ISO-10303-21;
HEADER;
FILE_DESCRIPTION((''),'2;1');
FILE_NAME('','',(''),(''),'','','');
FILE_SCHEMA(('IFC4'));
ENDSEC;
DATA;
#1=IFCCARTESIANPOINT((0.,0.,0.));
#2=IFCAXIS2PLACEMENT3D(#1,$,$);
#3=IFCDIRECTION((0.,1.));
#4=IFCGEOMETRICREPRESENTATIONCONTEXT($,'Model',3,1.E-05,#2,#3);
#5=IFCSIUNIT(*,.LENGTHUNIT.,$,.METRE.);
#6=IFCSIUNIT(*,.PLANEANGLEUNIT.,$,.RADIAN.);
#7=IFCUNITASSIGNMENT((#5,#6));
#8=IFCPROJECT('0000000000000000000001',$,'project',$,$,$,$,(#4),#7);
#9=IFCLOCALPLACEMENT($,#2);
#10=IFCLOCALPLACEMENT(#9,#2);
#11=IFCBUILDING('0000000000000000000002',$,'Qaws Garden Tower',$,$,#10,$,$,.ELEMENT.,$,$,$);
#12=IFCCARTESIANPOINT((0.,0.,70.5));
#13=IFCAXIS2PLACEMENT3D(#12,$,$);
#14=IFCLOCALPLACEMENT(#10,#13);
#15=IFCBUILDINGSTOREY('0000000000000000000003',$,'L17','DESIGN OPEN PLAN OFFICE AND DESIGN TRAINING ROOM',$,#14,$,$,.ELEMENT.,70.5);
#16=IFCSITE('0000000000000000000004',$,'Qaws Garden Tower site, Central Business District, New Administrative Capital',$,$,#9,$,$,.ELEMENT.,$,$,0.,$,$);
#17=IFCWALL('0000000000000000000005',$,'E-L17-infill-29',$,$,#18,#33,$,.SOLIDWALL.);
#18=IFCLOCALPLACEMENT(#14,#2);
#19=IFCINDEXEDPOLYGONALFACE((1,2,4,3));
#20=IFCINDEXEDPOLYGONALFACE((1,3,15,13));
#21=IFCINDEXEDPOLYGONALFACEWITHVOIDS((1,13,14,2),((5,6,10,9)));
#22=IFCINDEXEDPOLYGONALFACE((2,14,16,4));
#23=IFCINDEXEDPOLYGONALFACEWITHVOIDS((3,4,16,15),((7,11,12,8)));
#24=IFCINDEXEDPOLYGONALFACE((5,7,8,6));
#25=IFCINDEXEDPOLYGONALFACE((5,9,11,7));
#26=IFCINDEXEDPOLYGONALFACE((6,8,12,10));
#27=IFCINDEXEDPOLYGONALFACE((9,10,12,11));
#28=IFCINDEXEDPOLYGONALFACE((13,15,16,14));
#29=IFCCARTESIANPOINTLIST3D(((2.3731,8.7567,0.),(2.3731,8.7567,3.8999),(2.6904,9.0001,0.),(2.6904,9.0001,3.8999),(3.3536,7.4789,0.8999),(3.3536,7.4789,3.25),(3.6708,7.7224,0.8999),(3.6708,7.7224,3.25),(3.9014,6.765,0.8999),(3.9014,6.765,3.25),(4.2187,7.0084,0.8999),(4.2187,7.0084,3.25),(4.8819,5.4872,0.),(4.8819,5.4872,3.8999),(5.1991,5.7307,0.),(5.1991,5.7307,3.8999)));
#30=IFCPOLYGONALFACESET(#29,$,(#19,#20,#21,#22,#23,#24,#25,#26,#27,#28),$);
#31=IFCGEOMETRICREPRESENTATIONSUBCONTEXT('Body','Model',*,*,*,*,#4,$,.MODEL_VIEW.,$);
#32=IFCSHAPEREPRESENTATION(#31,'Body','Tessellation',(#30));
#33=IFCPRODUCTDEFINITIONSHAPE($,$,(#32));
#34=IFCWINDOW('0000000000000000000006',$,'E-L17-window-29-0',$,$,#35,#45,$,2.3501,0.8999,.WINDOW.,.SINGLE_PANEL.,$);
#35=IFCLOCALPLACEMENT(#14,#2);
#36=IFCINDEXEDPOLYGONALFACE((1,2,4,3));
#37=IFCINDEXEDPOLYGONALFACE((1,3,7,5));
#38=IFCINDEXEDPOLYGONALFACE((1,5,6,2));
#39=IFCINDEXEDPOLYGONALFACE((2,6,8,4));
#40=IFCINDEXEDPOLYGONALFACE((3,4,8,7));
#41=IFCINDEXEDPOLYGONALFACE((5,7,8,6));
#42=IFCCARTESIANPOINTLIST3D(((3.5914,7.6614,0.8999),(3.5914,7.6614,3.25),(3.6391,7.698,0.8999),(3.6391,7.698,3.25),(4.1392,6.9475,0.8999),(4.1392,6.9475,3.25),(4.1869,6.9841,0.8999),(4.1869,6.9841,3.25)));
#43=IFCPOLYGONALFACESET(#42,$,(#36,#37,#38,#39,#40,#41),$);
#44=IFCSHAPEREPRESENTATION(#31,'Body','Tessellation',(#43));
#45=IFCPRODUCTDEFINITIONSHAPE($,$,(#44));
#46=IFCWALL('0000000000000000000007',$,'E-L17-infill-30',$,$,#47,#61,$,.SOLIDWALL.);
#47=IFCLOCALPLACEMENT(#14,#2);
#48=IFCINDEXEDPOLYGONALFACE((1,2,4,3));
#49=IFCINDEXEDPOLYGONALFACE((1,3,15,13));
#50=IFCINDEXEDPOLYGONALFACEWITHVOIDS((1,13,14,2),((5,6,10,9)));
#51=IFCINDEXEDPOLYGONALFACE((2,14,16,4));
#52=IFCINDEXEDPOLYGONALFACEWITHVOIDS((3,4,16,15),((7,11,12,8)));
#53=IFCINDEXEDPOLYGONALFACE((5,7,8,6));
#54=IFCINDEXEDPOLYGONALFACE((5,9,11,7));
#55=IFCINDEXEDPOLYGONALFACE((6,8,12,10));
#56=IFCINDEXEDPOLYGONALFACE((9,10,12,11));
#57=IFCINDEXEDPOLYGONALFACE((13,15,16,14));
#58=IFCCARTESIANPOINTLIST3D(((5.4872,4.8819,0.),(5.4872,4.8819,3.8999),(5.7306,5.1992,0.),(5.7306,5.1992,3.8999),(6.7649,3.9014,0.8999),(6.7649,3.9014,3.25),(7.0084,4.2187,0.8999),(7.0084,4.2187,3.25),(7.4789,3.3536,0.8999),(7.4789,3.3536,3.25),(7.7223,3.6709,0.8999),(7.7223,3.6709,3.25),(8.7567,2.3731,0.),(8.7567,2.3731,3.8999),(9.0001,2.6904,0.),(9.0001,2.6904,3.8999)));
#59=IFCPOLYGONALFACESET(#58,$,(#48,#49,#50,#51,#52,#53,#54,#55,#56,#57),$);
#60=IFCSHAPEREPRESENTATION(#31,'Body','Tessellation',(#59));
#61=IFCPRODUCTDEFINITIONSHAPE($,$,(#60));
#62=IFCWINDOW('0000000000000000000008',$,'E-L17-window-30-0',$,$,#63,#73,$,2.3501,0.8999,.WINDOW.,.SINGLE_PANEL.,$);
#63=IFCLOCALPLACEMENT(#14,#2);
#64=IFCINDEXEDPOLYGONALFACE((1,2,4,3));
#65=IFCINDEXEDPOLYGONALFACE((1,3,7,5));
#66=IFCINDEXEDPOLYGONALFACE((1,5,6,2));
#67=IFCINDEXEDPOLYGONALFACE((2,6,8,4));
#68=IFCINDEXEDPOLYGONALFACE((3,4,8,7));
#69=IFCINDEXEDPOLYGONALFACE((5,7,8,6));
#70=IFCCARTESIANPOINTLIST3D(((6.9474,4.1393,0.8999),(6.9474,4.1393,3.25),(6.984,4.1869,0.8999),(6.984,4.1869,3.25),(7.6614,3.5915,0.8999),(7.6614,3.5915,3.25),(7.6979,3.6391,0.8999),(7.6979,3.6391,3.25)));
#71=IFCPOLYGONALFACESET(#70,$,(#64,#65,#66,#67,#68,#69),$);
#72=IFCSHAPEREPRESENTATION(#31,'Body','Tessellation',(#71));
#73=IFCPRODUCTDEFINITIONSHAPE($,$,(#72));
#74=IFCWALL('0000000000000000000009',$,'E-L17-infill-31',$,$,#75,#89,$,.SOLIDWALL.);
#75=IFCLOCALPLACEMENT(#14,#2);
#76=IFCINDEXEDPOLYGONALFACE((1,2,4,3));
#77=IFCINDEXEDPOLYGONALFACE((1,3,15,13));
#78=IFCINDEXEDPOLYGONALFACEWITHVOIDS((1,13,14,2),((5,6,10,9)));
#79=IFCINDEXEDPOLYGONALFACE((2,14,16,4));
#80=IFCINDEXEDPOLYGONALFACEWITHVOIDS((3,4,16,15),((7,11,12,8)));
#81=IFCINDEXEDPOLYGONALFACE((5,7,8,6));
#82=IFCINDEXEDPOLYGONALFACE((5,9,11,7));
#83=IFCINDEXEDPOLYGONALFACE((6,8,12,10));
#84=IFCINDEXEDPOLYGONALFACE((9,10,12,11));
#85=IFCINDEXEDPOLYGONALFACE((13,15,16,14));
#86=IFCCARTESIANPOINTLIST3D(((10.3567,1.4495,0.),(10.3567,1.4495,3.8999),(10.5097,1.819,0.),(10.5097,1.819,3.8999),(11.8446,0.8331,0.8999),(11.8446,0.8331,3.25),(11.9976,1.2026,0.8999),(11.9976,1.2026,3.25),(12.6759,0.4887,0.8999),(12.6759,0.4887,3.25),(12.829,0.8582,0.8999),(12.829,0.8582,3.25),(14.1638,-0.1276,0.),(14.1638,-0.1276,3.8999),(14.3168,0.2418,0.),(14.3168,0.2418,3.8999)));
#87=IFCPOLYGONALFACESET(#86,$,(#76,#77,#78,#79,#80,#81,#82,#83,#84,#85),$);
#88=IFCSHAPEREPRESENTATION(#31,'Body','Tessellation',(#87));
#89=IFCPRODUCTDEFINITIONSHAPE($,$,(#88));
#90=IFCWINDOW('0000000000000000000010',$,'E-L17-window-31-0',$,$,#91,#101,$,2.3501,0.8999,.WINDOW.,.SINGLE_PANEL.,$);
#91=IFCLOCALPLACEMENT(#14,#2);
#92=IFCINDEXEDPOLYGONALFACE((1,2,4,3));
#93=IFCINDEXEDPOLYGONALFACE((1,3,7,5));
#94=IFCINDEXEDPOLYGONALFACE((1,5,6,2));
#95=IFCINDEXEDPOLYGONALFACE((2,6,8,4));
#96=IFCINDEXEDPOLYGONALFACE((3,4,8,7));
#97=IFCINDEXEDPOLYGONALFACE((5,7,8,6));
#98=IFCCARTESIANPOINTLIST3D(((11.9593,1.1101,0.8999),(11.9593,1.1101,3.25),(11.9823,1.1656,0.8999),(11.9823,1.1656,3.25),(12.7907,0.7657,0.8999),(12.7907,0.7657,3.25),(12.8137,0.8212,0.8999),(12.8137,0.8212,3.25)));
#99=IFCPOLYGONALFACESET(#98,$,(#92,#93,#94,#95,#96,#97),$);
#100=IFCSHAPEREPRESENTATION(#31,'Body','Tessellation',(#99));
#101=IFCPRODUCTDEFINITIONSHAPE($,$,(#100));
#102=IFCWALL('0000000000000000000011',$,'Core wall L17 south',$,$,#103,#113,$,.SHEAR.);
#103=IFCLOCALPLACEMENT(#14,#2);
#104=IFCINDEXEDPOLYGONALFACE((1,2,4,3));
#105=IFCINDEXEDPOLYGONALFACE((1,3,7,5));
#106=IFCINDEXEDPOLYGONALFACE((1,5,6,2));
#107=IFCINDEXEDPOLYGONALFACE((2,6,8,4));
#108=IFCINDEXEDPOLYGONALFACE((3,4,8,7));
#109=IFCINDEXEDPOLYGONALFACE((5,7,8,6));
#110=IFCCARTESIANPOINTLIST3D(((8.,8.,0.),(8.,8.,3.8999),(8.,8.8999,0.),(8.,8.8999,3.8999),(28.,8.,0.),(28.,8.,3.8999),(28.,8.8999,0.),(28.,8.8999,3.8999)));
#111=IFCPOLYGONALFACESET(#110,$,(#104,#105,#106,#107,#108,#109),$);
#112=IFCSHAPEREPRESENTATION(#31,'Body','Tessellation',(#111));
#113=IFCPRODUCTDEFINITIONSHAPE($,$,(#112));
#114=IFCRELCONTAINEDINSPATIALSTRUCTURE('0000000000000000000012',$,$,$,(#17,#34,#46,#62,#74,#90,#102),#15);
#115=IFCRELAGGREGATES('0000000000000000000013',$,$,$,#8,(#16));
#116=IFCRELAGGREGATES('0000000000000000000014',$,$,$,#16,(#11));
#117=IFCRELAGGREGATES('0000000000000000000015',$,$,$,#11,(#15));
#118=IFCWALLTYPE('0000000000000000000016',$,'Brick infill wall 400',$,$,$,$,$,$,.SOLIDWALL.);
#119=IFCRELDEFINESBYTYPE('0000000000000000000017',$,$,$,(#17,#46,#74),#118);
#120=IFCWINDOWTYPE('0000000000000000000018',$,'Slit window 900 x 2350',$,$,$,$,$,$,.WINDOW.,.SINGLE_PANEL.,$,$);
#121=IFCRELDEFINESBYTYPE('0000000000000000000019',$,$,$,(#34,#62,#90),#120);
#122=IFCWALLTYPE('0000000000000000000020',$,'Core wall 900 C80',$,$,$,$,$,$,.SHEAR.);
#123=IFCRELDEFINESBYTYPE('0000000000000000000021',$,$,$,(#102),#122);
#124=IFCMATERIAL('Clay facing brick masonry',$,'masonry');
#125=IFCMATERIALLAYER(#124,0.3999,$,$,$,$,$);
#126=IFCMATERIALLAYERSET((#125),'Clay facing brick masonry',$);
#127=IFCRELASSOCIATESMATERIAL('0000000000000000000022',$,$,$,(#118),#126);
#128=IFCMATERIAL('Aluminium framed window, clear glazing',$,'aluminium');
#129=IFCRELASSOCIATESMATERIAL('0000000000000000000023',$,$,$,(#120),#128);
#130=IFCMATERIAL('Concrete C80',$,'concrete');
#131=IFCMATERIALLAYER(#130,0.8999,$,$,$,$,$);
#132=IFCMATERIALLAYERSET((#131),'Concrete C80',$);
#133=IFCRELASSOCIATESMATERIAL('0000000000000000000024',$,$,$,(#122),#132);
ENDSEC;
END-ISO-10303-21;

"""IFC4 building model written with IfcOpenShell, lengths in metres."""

from ifc_helpers import new_model, si_unit, direction, frame, frame_2d, origin, place, context, subcontext, project, spatial, rectangle, extrude, material, layer, layer_set, type_object, element, fill, save


model = new_model("IFC4")

# Units and contexts
model_context = context("Model", 3, precision=1e-05, world=origin(), true_north=direction((0.0, 1.0)))
body_context = subcontext(model_context, "Body", "Model", "MODEL_VIEW")
ifc_project = project(units=[si_unit("LENGTHUNIT", "METRE"), si_unit("PLANEANGLEUNIT", "RADIAN")], contexts=[model_context])

# Site, building, storey
site_placement = place(None, origin())
site = spatial("IfcSite", under=ifc_project, at=site_placement, Name="Qaws Garden Tower site, Central Business District, New Administrative Capital", CompositionType="ELEMENT", RefElevation=0.0)
building_placement = place(site_placement, origin())
building = spatial("IfcBuilding", under=site, at=building_placement, Name="Qaws Garden Tower", CompositionType="ELEMENT")
storey_placement = place(building_placement, frame((0.0, 0.0, 70.5)))
storey = spatial("IfcBuildingStorey", under=building, at=storey_placement, Name="L17", Description="DESIGN OPEN PLAN OFFICE AND DESIGN TRAINING ROOM", CompositionType="ELEMENT", Elevation=70.5)

# Walls, openings, windows
ifc_material_1 = material(Name="Clay facing brick masonry", Category="masonry")
ifc_layer_1 = layer(ifc_material_1, 0.3999)
ifc_layer_set_1 = layer_set([ifc_layer_1], Name="Clay facing brick masonry")
wall_type_1 = type_object("IfcWallType", Name="Brick infill wall 400", PredefinedType="SOLIDWALL", material=ifc_layer_set_1)
wall_1_placement = place(storey_placement, frame((2.5317, 8.8784, 0.0), z_axis=(0.0, 0.0, 1.0), x_axis=(0.60876, -0.793355, 0.0)))
wall_1 = element("IfcWall", 1, at=wall_1_placement, inside=storey, type_object=wall_type_1, Name="E-L17-infill-29", PredefinedType="SOLIDWALL", context=body_context, shape_type="SweptSolid", body=[
    extrude(rectangle(XDim=4.1211, YDim=0.3999, at=frame_2d((2.0605, 0.0))), origin(), (0.0, 0.0, 1.0), 3.8999),
])
opening_1_placement = place(wall_1_placement, frame((1.6106, 0.0, 0.8999)))
opening_1 = element("IfcOpeningElement", 2, at=opening_1_placement, cuts=wall_1, PredefinedType="OPENING", context=body_context, shape_type="SweptSolid", body=[
    extrude(rectangle(XDim=0.8999, YDim=2.3501, at=frame_2d((0.45, 1.175))), frame((0.0, 0.21, 0.0), z_axis=(0.0, -1.0, 0.0), x_axis=(1.0, 0.0, 0.0)), (0.0, 0.0, 1.0), 0.4199),
])
ifc_material_2 = material(Name="Aluminium framed window, clear glazing", Category="aluminium")
window_type = type_object("IfcWindowType", Name="Slit window 900 x 2350", PartitioningType="SINGLE_PANEL", PredefinedType="WINDOW", material=ifc_material_2)
window_1_placement = place(opening_1_placement, origin())
window_1 = element("IfcWindow", 3, at=window_1_placement, inside=storey, type_object=window_type, Name="E-L17-window-29-0", OverallHeight=2.3501, OverallWidth=0.8999, PartitioningType="SINGLE_PANEL", PredefinedType="WINDOW", context=body_context, shape_type="SweptSolid", body=[
    extrude(rectangle(XDim=0.8999, YDim=2.3501, at=frame_2d((0.45, 1.175))), frame((0.0, 0.1599, 0.0), z_axis=(0.0, -1.0, 0.0), x_axis=(1.0, 0.0, 0.0)), (0.0, 0.0, 1.0), 0.0601),
])
fill(opening_1, window_1)
wall_2_placement = place(storey_placement, frame((5.6089, 5.0405, 0.0), z_axis=(0.0, 0.0, 1.0), x_axis=(0.793355, -0.60876, 0.0)))
wall_2 = element("IfcWall", 4, at=wall_2_placement, inside=storey, type_object=wall_type_1, Name="E-L17-infill-30", PredefinedType="SOLIDWALL", context=body_context, shape_type="SweptSolid", body=[
    extrude(rectangle(XDim=4.1211, YDim=0.3999, at=frame_2d((2.0605, 0.0))), origin(), (0.0, 0.0, 1.0), 3.8999),
])
opening_2_placement = place(wall_2_placement, frame((1.6106, 0.0, 0.8999)))
opening_2 = element("IfcOpeningElement", 5, at=opening_2_placement, cuts=wall_2, PredefinedType="OPENING", context=body_context, shape_type="SweptSolid", body=[
    extrude(rectangle(XDim=0.8999, YDim=2.3501, at=frame_2d((0.45, 1.175))), frame((0.0, 0.21, 0.0), z_axis=(0.0, -1.0, 0.0), x_axis=(1.0, 0.0, 0.0)), (0.0, 0.0, 1.0), 0.4199),
])
window_2_placement = place(opening_2_placement, origin())
window_2 = element("IfcWindow", 6, at=window_2_placement, inside=storey, type_object=window_type, Name="E-L17-window-30-0", OverallHeight=2.3501, OverallWidth=0.8999, PartitioningType="SINGLE_PANEL", PredefinedType="WINDOW", context=body_context, shape_type="SweptSolid", body=[
    extrude(rectangle(XDim=0.8999, YDim=2.3501, at=frame_2d((0.45, 1.175))), frame((0.0, 0.1599, 0.0), z_axis=(0.0, -1.0, 0.0), x_axis=(1.0, 0.0, 0.0)), (0.0, 0.0, 1.0), 0.0601),
])
fill(opening_2, window_2)
wall_3_placement = place(storey_placement, frame((10.4331, 1.6343, 0.0), z_axis=(0.0, 0.0, 1.0), x_axis=(0.923864, -0.382722, 0.0)))
wall_3 = element("IfcWall", 7, at=wall_3_placement, inside=storey, type_object=wall_type_1, Name="E-L17-infill-31", PredefinedType="SOLIDWALL", context=body_context, shape_type="SweptSolid", body=[
    extrude(rectangle(XDim=4.1208, YDim=0.3999, at=frame_2d((2.0605, 0.0))), origin(), (0.0, 0.0, 1.0), 3.8999),
])
opening_3_placement = place(wall_3_placement, frame((1.6106, 0.0, 0.8999)))
opening_3 = element("IfcOpeningElement", 8, at=opening_3_placement, cuts=wall_3, PredefinedType="OPENING", context=body_context, shape_type="SweptSolid", body=[
    extrude(rectangle(XDim=0.8999, YDim=2.3501, at=frame_2d((0.45, 1.175))), frame((0.0, 0.21, 0.0), z_axis=(0.0, -1.0, 0.0), x_axis=(1.0, 0.0, 0.0)), (0.0, 0.0, 1.0), 0.4199),
])
window_3_placement = place(opening_3_placement, origin())
window_3 = element("IfcWindow", 9, at=window_3_placement, inside=storey, type_object=window_type, Name="E-L17-window-31-0", OverallHeight=2.3501, OverallWidth=0.8999, PartitioningType="SINGLE_PANEL", PredefinedType="WINDOW", context=body_context, shape_type="SweptSolid", body=[
    extrude(rectangle(XDim=0.8999, YDim=2.3501, at=frame_2d((0.45, 1.175))), frame((0.0, 0.1599, 0.0), z_axis=(0.0, -1.0, 0.0), x_axis=(1.0, 0.0, 0.0)), (0.0, 0.0, 1.0), 0.0601),
])
fill(opening_3, window_3)

# Wall
ifc_material_3 = material(Name="Concrete C80", Category="concrete")
ifc_layer_2 = layer(ifc_material_3, 0.8999)
ifc_layer_set_2 = layer_set([ifc_layer_2], Name="Concrete C80")
wall_type_2 = type_object("IfcWallType", Name="Core wall 900 C80", PredefinedType="SHEAR", material=ifc_layer_set_2)
wall_4_placement = place(storey_placement, frame((8.0, 8.45, 0.0), z_axis=(0.0, 0.0, 1.0), x_axis=(1.0, 0.0, 0.0)))
element("IfcWall", 10, at=wall_4_placement, inside=storey, type_object=wall_type_2, Name="Core wall L17 south", PredefinedType="SHEAR", context=body_context, shape_type="SweptSolid", body=[
    extrude(rectangle(XDim=20.0, YDim=0.8999, at=frame_2d((10.0, 0.0))), origin(), (0.0, 0.0, 1.0), 3.8999),
])

save(model, "model.ifc")
